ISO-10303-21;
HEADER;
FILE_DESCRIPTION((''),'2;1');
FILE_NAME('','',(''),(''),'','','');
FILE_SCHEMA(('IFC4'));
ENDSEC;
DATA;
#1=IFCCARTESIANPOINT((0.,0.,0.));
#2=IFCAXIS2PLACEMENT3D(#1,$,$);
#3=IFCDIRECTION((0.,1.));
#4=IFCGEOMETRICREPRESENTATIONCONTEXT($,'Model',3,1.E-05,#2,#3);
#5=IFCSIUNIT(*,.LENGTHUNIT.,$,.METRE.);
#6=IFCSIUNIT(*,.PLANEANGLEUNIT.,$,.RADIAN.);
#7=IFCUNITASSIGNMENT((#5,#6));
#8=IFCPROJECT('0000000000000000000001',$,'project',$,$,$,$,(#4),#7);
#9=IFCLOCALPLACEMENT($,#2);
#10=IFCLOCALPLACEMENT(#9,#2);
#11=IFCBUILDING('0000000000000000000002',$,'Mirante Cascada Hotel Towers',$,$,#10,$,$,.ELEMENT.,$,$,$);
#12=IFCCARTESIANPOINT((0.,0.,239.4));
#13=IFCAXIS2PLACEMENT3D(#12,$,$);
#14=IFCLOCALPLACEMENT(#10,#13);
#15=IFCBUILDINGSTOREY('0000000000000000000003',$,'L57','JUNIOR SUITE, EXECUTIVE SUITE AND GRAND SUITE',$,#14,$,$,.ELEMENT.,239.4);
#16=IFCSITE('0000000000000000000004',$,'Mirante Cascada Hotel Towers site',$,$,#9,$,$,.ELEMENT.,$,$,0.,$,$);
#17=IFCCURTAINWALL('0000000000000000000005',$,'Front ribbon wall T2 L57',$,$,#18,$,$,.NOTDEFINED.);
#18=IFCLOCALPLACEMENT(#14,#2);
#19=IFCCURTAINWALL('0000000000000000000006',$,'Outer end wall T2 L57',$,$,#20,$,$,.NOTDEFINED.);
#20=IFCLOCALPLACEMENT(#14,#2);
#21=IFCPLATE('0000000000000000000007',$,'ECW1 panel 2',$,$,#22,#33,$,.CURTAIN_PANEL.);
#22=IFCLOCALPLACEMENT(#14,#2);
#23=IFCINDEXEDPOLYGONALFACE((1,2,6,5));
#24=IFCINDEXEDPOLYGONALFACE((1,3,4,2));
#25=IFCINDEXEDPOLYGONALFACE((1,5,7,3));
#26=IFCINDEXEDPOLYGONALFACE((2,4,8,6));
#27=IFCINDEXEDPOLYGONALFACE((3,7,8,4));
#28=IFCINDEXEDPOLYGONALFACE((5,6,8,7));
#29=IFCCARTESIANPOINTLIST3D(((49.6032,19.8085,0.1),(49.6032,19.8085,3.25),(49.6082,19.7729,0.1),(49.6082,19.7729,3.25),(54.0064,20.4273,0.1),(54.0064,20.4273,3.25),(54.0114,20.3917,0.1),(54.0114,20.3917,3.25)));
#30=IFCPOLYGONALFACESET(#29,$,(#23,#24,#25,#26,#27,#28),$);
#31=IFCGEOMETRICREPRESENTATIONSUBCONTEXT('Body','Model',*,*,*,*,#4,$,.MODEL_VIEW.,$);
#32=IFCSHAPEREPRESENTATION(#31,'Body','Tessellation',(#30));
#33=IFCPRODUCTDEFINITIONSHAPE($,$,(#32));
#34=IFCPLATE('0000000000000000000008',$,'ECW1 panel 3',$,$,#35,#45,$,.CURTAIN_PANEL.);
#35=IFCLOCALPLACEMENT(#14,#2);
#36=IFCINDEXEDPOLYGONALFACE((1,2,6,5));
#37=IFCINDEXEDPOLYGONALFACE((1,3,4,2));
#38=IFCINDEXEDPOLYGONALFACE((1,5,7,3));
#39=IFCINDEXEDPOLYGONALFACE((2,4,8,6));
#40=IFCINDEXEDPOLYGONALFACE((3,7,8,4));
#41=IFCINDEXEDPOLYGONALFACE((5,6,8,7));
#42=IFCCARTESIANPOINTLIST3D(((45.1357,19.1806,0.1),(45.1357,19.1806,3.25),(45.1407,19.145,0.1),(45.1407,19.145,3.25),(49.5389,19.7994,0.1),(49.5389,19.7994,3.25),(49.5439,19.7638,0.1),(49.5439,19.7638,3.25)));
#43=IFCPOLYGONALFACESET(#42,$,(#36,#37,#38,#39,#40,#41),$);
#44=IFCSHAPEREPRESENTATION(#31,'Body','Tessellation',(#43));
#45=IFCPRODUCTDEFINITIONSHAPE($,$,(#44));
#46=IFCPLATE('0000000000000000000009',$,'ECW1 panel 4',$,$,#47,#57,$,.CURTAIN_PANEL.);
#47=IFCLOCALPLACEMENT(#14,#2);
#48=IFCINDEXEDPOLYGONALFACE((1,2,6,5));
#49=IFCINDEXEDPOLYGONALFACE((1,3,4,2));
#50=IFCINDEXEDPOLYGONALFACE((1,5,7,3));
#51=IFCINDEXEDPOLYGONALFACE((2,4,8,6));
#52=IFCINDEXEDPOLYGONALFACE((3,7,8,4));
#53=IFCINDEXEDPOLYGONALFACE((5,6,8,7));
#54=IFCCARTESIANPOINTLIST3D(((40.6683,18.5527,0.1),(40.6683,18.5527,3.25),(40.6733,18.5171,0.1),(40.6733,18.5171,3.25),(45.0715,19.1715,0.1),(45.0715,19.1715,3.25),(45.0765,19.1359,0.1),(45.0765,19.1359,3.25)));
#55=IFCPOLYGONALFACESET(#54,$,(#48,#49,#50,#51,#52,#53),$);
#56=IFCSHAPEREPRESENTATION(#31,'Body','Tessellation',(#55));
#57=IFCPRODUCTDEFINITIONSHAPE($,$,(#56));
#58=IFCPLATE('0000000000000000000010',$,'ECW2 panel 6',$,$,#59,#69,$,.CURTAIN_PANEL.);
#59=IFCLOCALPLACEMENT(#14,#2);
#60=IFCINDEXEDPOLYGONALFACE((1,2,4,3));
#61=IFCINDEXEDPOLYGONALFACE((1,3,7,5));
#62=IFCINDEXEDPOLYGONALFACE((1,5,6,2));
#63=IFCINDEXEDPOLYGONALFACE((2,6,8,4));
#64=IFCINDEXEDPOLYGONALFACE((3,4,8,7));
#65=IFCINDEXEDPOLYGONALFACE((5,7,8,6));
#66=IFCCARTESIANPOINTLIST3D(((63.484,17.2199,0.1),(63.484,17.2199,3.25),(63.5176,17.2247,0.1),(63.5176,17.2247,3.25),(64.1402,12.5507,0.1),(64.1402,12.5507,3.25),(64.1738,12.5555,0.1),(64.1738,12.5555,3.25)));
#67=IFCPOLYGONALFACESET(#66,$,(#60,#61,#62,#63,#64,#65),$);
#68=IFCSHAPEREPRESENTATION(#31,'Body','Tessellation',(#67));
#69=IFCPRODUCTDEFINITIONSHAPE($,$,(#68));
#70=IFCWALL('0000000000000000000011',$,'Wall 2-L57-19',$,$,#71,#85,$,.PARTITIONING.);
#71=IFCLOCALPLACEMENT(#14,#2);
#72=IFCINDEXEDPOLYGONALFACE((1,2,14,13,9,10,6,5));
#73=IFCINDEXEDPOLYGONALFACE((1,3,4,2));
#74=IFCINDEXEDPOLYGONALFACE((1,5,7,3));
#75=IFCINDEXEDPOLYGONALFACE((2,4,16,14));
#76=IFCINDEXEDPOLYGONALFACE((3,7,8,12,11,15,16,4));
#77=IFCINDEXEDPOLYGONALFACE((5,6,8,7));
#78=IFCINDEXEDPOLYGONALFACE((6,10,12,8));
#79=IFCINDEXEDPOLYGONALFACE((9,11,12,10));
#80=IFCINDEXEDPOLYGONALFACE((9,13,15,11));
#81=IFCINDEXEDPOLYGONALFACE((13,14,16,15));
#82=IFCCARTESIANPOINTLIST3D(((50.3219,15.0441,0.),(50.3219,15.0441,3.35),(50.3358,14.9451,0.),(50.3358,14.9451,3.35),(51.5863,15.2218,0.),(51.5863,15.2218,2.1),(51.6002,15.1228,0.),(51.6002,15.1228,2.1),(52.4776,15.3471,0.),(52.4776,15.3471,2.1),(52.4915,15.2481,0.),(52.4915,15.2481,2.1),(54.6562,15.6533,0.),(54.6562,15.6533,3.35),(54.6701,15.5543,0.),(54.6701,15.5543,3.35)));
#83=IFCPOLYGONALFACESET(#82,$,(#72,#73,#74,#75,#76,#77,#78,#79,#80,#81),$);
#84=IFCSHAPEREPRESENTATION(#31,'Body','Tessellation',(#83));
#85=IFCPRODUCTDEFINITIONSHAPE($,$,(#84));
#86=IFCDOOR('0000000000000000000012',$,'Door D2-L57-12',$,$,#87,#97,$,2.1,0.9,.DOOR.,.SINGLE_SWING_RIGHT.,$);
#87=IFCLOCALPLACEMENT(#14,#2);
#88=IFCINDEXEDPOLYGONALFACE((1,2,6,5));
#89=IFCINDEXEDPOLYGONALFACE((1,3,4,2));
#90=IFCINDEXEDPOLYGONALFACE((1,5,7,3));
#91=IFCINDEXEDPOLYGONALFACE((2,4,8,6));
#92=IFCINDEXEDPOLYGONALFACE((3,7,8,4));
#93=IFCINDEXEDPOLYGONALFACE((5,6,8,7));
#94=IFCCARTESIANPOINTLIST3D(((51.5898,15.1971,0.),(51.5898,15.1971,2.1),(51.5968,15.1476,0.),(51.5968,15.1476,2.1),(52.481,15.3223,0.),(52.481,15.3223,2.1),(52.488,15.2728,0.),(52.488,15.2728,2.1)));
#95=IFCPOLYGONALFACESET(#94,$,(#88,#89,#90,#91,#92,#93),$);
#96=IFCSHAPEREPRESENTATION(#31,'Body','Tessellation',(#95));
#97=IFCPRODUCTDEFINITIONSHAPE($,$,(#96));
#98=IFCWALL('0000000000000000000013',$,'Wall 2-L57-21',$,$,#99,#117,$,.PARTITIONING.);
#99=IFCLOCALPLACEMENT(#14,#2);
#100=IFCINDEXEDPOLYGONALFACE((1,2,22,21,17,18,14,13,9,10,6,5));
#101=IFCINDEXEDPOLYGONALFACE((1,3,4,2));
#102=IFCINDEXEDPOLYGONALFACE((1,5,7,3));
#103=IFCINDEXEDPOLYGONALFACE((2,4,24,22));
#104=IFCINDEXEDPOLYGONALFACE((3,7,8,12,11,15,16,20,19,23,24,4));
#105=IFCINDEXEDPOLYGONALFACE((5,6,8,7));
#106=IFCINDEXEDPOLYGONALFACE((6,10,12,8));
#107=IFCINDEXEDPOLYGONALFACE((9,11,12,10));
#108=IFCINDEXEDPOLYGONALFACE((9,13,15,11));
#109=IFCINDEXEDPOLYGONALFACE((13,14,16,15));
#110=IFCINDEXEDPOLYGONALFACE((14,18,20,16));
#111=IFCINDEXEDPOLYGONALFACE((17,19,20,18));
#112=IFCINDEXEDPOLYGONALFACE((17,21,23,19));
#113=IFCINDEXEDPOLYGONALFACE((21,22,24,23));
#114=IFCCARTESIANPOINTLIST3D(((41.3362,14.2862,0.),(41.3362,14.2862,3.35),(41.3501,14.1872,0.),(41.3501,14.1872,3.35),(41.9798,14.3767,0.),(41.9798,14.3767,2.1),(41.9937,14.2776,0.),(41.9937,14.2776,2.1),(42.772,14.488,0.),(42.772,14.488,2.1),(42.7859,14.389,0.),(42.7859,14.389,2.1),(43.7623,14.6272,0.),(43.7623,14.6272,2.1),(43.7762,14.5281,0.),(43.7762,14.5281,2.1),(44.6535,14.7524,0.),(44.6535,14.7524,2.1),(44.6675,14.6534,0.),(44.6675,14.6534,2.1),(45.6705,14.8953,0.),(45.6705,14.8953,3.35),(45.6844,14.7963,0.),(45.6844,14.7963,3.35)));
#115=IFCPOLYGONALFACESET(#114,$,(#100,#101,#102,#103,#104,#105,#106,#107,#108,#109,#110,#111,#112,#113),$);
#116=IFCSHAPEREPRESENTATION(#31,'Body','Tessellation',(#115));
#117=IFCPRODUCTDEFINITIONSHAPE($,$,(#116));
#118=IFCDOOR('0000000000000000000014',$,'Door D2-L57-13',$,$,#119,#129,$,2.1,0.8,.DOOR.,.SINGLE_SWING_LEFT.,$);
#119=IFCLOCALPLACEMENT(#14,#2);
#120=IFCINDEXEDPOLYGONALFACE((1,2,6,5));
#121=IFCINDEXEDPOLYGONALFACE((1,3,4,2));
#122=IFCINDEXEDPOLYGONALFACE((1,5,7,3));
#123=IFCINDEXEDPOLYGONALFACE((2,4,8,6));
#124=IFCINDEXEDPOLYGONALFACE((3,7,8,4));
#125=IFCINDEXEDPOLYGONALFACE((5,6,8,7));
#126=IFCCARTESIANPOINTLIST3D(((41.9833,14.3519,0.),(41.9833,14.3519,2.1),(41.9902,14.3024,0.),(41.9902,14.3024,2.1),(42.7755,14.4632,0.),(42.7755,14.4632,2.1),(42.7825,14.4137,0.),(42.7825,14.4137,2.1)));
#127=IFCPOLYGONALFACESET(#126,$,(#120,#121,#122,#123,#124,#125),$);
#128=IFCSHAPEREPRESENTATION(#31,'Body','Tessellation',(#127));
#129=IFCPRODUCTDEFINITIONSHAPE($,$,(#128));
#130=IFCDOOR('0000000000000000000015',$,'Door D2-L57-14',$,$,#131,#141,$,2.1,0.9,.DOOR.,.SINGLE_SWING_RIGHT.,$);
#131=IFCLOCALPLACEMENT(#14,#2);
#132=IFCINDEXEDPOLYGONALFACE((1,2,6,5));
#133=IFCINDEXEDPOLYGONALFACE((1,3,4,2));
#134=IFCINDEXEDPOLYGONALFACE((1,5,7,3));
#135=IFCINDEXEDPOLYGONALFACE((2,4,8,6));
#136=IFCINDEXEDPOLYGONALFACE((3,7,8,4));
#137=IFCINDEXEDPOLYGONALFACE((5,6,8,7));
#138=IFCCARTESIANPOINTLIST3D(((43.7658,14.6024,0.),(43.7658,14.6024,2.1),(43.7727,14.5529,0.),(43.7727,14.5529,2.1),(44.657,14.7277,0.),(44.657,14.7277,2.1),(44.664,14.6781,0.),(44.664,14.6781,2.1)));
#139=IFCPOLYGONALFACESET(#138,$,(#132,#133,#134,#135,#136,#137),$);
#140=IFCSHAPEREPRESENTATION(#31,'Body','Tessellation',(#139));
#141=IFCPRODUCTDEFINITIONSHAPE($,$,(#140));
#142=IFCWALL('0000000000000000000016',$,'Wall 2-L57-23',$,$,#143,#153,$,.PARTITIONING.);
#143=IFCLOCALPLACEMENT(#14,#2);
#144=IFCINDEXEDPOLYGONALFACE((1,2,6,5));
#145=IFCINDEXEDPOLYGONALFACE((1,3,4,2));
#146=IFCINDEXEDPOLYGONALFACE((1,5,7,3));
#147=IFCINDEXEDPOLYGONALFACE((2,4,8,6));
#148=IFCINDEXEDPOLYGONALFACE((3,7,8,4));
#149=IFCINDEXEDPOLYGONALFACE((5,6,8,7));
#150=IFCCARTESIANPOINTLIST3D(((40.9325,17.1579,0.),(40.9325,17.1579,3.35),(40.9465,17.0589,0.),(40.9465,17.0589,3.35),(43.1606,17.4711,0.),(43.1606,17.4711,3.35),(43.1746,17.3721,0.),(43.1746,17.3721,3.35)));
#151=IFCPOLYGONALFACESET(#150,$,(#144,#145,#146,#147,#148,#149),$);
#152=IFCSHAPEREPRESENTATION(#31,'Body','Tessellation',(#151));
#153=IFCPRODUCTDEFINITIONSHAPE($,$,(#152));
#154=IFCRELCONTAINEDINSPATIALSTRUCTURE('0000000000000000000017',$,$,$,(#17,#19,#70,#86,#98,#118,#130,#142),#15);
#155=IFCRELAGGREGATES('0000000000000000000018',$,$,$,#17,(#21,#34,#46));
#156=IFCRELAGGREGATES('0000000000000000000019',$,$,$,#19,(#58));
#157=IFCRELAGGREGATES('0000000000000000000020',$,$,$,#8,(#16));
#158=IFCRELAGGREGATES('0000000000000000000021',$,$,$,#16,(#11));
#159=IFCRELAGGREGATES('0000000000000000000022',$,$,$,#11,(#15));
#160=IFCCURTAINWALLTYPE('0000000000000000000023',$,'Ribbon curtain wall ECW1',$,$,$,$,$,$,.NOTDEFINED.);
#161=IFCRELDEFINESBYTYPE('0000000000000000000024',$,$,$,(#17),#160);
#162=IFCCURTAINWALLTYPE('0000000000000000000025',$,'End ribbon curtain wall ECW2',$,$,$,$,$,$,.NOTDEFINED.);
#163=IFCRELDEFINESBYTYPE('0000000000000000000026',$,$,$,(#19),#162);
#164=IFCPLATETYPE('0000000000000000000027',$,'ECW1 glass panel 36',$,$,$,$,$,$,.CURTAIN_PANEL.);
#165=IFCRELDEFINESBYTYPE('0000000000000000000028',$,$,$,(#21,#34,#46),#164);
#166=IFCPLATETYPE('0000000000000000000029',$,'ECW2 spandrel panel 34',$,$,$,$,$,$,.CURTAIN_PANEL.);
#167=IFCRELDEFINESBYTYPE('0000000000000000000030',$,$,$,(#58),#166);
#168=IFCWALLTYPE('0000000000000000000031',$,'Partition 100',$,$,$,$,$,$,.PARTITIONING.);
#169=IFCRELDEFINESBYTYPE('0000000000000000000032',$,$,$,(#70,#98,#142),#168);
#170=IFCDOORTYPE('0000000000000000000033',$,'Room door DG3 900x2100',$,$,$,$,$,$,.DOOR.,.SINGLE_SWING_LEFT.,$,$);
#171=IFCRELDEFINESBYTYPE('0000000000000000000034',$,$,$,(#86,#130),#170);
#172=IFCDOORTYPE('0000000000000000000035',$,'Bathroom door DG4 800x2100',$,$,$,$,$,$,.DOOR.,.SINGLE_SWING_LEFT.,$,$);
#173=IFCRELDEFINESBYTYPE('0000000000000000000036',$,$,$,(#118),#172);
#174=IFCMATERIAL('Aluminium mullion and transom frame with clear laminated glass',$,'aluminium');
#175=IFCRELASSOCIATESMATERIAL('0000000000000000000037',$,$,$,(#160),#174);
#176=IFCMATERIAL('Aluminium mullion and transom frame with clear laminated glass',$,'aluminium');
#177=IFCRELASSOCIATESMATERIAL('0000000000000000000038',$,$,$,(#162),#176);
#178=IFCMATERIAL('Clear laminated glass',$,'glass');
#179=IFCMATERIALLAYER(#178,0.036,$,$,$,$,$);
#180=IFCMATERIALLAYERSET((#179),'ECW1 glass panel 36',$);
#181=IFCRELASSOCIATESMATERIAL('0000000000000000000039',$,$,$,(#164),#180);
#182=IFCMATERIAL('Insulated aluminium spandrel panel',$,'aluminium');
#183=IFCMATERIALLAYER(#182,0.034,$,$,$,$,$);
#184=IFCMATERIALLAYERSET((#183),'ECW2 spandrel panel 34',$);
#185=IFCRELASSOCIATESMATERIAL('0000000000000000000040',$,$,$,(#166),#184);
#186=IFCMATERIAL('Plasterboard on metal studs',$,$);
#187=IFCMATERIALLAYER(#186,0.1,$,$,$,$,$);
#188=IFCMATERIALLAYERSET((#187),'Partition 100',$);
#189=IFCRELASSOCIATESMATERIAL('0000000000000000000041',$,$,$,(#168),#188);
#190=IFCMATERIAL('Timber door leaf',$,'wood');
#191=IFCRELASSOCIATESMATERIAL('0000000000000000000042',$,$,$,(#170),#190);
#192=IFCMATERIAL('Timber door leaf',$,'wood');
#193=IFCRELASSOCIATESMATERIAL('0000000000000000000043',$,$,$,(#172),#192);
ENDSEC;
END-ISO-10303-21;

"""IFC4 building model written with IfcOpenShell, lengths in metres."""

from ifc_helpers import new_model, si_unit, direction, frame, frame_2d, origin, origin_2d, place, context, subcontext, project, spatial, rectangle, extrude, material, layer, layer_set, type_object, element, fill, aggregate, save


model = new_model("IFC4")

# Units and contexts
model_context = context("Model", 3, precision=1e-05, world=origin(), true_north=direction((0.0, 1.0)))
body_context = subcontext(model_context, "Body", "Model", "MODEL_VIEW")
ifc_project = project(units=[si_unit("LENGTHUNIT", "METRE"), si_unit("PLANEANGLEUNIT", "RADIAN")], contexts=[model_context])

# Site, building, storey
site_placement = place(None, origin())
site = spatial("IfcSite", under=ifc_project, at=site_placement, Name="Mirante Cascada Hotel Towers site", CompositionType="ELEMENT", RefElevation=0.0)
building_placement = place(site_placement, origin())
building = spatial("IfcBuilding", under=site, at=building_placement, Name="Mirante Cascada Hotel Towers", CompositionType="ELEMENT")
storey_placement = place(building_placement, frame((0.0, 0.0, 239.4)))
storey = spatial("IfcBuildingStorey", under=building, at=storey_placement, Name="L57", Description="JUNIOR SUITE, EXECUTIVE SUITE AND GRAND SUITE", CompositionType="ELEMENT", Elevation=239.4)

# Curtain wall
ifc_material_1 = material(Name="Aluminium mullion and transom frame with clear laminated glass", Category="aluminium")
curtain_wall_type_1 = type_object("IfcCurtainWallType", Name="Ribbon curtain wall ECW1", PredefinedType="NOTDEFINED", material=ifc_material_1)
curtain_wall_1_placement = place(storey_placement, origin())
curtain_wall_1 = element("IfcCurtainWall", 1, at=curtain_wall_1_placement, inside=storey, type_object=curtain_wall_type_1, Name="Front ribbon wall T2 L57", PredefinedType="NOTDEFINED")

# Curtain wall
ifc_material_2 = material(Name="Aluminium mullion and transom frame with clear laminated glass", Category="aluminium")
curtain_wall_type_2 = type_object("IfcCurtainWallType", Name="End ribbon curtain wall ECW2", PredefinedType="NOTDEFINED", material=ifc_material_2)
curtain_wall_2_placement = place(storey_placement, origin())
curtain_wall_2 = element("IfcCurtainWall", 2, at=curtain_wall_2_placement, inside=storey, type_object=curtain_wall_type_2, Name="Outer end wall T2 L57", PredefinedType="NOTDEFINED")

# Plates
ifc_material_3 = material(Name="Clear laminated glass", Category="glass")
ifc_layer_1 = layer(ifc_material_3, 0.036)
ifc_layer_set_1 = layer_set([ifc_layer_1], Name="ECW1 glass panel 36")
plate_type_1 = type_object("IfcPlateType", Name="ECW1 glass panel 36", PredefinedType="CURTAIN_PANEL", material=ifc_layer_set_1)
plate_1_placement = place(storey_placement, frame((51.8073, 20.1001, 0.1), z_axis=(0.0, 0.0, 1.0), x_axis=(-0.990268, -0.139173, 0.0)))
plate_1 = element("IfcPlate", 3, at=plate_1_placement, type_object=plate_type_1, Name="ECW1 panel 2", PredefinedType="CURTAIN_PANEL", context=body_context, shape_type="SweptSolid", body=[
    extrude(rectangle(XDim=4.4464, YDim=0.036, at=origin_2d()), origin(), (0.0, 0.0, 1.0), 3.15),
])
plate_2_placement = place(storey_placement, frame((47.3398, 19.4722, 0.1), z_axis=(0.0, 0.0, 1.0), x_axis=(-0.990268, -0.139173, 0.0)))
plate_2 = element("IfcPlate", 4, at=plate_2_placement, type_object=plate_type_1, Name="ECW1 panel 3", PredefinedType="CURTAIN_PANEL", context=body_context, shape_type="SweptSolid", body=[
    extrude(rectangle(XDim=4.4464, YDim=0.036, at=origin_2d()), origin(), (0.0, 0.0, 1.0), 3.15),
])
plate_3_placement = place(storey_placement, frame((42.8724, 18.8443, 0.1), z_axis=(0.0, 0.0, 1.0), x_axis=(-0.990268, -0.139173, 0.0)))
plate_3 = element("IfcPlate", 5, at=plate_3_placement, type_object=plate_type_1, Name="ECW1 panel 4", PredefinedType="CURTAIN_PANEL", context=body_context, shape_type="SweptSolid", body=[
    extrude(rectangle(XDim=4.4464, YDim=0.036, at=origin_2d()), origin(), (0.0, 0.0, 1.0), 3.15),
])
aggregate(curtain_wall_1, [plate_1, plate_2, plate_3])
ifc_material_4 = material(Name="Insulated aluminium spandrel panel", Category="aluminium")
ifc_layer_2 = layer(ifc_material_4, 0.034)
ifc_layer_set_2 = layer_set([ifc_layer_2], Name="ECW2 spandrel panel 34")
plate_type_2 = type_object("IfcPlateType", Name="ECW2 spandrel panel 34", PredefinedType="CURTAIN_PANEL", material=ifc_layer_set_2)
plate_4_placement = place(storey_placement, frame((63.8289, 14.8877, 0.1), z_axis=(0.0, 0.0, 1.0), x_axis=(-0.139173, 0.990268, 0.0)))
plate_4 = element("IfcPlate", 6, at=plate_4_placement, type_object=plate_type_2, Name="ECW2 panel 6", PredefinedType="CURTAIN_PANEL", context=body_context, shape_type="SweptSolid", body=[
    extrude(rectangle(XDim=4.7151, YDim=0.034, at=origin_2d()), origin(), (0.0, 0.0, 1.0), 3.15),
])
aggregate(curtain_wall_2, [plate_4])

# Wall, opening, door
ifc_material_5 = material(Name="Plasterboard on metal studs")
ifc_layer_3 = layer(ifc_material_5, 0.1)
ifc_layer_set_3 = layer_set([ifc_layer_3], Name="Partition 100")
wall_type_1 = type_object("IfcWallType", Name="Partition 100", PredefinedType="PARTITIONING", material=ifc_layer_set_3)
wall_1_placement = place(storey_placement, frame((54.6631, 15.6038, 0.0), z_axis=(0.0, 0.0, 1.0), x_axis=(-0.990266, -0.139185, 0.0)))
wall_1 = element("IfcWall", 7, at=wall_1_placement, inside=storey, type_object=wall_type_1, Name="Wall 2-L57-19", PredefinedType="PARTITIONING", context=body_context, shape_type="SweptSolid", body=[
    extrude(rectangle(XDim=4.3769, YDim=0.1, at=frame_2d((2.1884, 0.0))), origin(), (0.0, 0.0, 1.0), 3.35),
])
opening_1_placement = place(wall_1_placement, frame((2.2, 0.0, 0.0)))
opening_1 = element("IfcOpeningElement", 8, at=opening_1_placement, cuts=wall_1, PredefinedType="OPENING", context=body_context, shape_type="SweptSolid", body=[
    extrude(rectangle(XDim=0.9, YDim=2.1, at=frame_2d((0.45, 1.05))), frame((0.0, 0.05, 0.0), z_axis=(0.0, -1.0, 0.0), x_axis=(1.0, 0.0, 0.0)), (0.0, 0.0, 1.0), 0.1),
])
ifc_material_6 = material(Name="Timber door leaf", Category="wood")
door_type_1 = type_object("IfcDoorType", Name="Room door DG3 900x2100", OperationType="SINGLE_SWING_LEFT", PredefinedType="DOOR", material=ifc_material_6)
door_1_placement = place(opening_1_placement, frame((0.9, 0.0, 0.0), z_axis=(0.0, 0.0, 1.0), x_axis=(-1.0, 0.0, 0.0)))
door_1 = element("IfcDoor", 9, at=door_1_placement, inside=storey, type_object=door_type_1, Name="Door D2-L57-12", OperationType="SINGLE_SWING_RIGHT", OverallHeight=2.1, OverallWidth=0.9, PredefinedType="DOOR", context=body_context, shape_type="SweptSolid", body=[
    extrude(rectangle(XDim=0.9, YDim=2.1, at=frame_2d((0.45, 1.05))), frame((0.0, 0.025, 0.0), z_axis=(0.0, -1.0, 0.0), x_axis=(1.0, 0.0, 0.0)), (0.0, 0.0, 1.0), 0.05),
])
fill(opening_1, door_1)

# Wall, openings, doors
wall_2_placement = place(storey_placement, frame((45.6774, 14.8458, 0.0), z_axis=(0.0, 0.0, 1.0), x_axis=(-0.99027, -0.139163, 0.0)))
wall_2 = element("IfcWall", 10, at=wall_2_placement, inside=storey, type_object=wall_type_1, Name="Wall 2-L57-21", PredefinedType="PARTITIONING", context=body_context, shape_type="SweptSolid", body=[
    extrude(rectangle(XDim=4.3769, YDim=0.1, at=frame_2d((2.1884, 0.0))), origin(), (0.0, 0.0, 1.0), 3.35),
])
opening_2_placement = place(wall_2_placement, frame((2.9269, 0.0, 0.0)))
opening_2 = element("IfcOpeningElement", 11, at=opening_2_placement, cuts=wall_2, PredefinedType="OPENING", context=body_context, shape_type="SweptSolid", body=[
    extrude(rectangle(XDim=0.8, YDim=2.1, at=frame_2d((0.4, 1.05))), frame((0.0, 0.05, 0.0), z_axis=(0.0, -1.0, 0.0), x_axis=(1.0, 0.0, 0.0)), (0.0, 0.0, 1.0), 0.1),
])
opening_3_placement = place(wall_2_placement, frame((1.0269, 0.0, 0.0)))
opening_3 = element("IfcOpeningElement", 12, at=opening_3_placement, cuts=wall_2, PredefinedType="OPENING", context=body_context, shape_type="SweptSolid", body=[
    extrude(rectangle(XDim=0.9, YDim=2.1, at=frame_2d((0.45, 1.05))), frame((0.0, 0.05, 0.0), z_axis=(0.0, -1.0, 0.0), x_axis=(1.0, 0.0, 0.0)), (0.0, 0.0, 1.0), 0.1),
])
ifc_material_7 = material(Name="Timber door leaf", Category="wood")
door_type_2 = type_object("IfcDoorType", Name="Bathroom door DG4 800x2100", OperationType="SINGLE_SWING_LEFT", PredefinedType="DOOR", material=ifc_material_7)
door_2_placement = place(opening_2_placement, origin())
door_2 = element("IfcDoor", 13, at=door_2_placement, inside=storey, type_object=door_type_2, Name="Door D2-L57-13", OperationType="SINGLE_SWING_LEFT", OverallHeight=2.1, OverallWidth=0.8, PredefinedType="DOOR", context=body_context, shape_type="SweptSolid", body=[
    extrude(rectangle(XDim=0.8, YDim=2.1, at=frame_2d((0.4, 1.05))), frame((0.0, 0.025, 0.0), z_axis=(0.0, -1.0, 0.0), x_axis=(1.0, 0.0, 0.0)), (0.0, 0.0, 1.0), 0.05),
])
fill(opening_2, door_2)
door_3_placement = place(opening_3_placement, frame((0.9, 0.0, 0.0), z_axis=(0.0, 0.0, 1.0), x_axis=(-1.0, 0.0, 0.0)))
door_3 = element("IfcDoor", 14, at=door_3_placement, inside=storey, type_object=door_type_1, Name="Door D2-L57-14", OperationType="SINGLE_SWING_RIGHT", OverallHeight=2.1, OverallWidth=0.9, PredefinedType="DOOR", context=body_context, shape_type="SweptSolid", body=[
    extrude(rectangle(XDim=0.9, YDim=2.1, at=frame_2d((0.45, 1.05))), frame((0.0, 0.025, 0.0), z_axis=(0.0, -1.0, 0.0), x_axis=(1.0, 0.0, 0.0)), (0.0, 0.0, 1.0), 0.05),
])
fill(opening_3, door_3)

# Wall
wall_3_placement = place(storey_placement, frame((43.1676, 17.4216, 0.0), z_axis=(0.0, 0.0, 1.0), x_axis=(-0.990264, -0.1392, 0.0)))
element("IfcWall", 15, at=wall_3_placement, inside=storey, type_object=wall_type_1, Name="Wall 2-L57-23", PredefinedType="PARTITIONING", context=body_context, shape_type="SweptSolid", body=[
    extrude(rectangle(XDim=2.25, YDim=0.1, at=frame_2d((1.125, 0.0))), origin(), (0.0, 0.0, 1.0), 3.35),
])

save(model, "model.ifc")
